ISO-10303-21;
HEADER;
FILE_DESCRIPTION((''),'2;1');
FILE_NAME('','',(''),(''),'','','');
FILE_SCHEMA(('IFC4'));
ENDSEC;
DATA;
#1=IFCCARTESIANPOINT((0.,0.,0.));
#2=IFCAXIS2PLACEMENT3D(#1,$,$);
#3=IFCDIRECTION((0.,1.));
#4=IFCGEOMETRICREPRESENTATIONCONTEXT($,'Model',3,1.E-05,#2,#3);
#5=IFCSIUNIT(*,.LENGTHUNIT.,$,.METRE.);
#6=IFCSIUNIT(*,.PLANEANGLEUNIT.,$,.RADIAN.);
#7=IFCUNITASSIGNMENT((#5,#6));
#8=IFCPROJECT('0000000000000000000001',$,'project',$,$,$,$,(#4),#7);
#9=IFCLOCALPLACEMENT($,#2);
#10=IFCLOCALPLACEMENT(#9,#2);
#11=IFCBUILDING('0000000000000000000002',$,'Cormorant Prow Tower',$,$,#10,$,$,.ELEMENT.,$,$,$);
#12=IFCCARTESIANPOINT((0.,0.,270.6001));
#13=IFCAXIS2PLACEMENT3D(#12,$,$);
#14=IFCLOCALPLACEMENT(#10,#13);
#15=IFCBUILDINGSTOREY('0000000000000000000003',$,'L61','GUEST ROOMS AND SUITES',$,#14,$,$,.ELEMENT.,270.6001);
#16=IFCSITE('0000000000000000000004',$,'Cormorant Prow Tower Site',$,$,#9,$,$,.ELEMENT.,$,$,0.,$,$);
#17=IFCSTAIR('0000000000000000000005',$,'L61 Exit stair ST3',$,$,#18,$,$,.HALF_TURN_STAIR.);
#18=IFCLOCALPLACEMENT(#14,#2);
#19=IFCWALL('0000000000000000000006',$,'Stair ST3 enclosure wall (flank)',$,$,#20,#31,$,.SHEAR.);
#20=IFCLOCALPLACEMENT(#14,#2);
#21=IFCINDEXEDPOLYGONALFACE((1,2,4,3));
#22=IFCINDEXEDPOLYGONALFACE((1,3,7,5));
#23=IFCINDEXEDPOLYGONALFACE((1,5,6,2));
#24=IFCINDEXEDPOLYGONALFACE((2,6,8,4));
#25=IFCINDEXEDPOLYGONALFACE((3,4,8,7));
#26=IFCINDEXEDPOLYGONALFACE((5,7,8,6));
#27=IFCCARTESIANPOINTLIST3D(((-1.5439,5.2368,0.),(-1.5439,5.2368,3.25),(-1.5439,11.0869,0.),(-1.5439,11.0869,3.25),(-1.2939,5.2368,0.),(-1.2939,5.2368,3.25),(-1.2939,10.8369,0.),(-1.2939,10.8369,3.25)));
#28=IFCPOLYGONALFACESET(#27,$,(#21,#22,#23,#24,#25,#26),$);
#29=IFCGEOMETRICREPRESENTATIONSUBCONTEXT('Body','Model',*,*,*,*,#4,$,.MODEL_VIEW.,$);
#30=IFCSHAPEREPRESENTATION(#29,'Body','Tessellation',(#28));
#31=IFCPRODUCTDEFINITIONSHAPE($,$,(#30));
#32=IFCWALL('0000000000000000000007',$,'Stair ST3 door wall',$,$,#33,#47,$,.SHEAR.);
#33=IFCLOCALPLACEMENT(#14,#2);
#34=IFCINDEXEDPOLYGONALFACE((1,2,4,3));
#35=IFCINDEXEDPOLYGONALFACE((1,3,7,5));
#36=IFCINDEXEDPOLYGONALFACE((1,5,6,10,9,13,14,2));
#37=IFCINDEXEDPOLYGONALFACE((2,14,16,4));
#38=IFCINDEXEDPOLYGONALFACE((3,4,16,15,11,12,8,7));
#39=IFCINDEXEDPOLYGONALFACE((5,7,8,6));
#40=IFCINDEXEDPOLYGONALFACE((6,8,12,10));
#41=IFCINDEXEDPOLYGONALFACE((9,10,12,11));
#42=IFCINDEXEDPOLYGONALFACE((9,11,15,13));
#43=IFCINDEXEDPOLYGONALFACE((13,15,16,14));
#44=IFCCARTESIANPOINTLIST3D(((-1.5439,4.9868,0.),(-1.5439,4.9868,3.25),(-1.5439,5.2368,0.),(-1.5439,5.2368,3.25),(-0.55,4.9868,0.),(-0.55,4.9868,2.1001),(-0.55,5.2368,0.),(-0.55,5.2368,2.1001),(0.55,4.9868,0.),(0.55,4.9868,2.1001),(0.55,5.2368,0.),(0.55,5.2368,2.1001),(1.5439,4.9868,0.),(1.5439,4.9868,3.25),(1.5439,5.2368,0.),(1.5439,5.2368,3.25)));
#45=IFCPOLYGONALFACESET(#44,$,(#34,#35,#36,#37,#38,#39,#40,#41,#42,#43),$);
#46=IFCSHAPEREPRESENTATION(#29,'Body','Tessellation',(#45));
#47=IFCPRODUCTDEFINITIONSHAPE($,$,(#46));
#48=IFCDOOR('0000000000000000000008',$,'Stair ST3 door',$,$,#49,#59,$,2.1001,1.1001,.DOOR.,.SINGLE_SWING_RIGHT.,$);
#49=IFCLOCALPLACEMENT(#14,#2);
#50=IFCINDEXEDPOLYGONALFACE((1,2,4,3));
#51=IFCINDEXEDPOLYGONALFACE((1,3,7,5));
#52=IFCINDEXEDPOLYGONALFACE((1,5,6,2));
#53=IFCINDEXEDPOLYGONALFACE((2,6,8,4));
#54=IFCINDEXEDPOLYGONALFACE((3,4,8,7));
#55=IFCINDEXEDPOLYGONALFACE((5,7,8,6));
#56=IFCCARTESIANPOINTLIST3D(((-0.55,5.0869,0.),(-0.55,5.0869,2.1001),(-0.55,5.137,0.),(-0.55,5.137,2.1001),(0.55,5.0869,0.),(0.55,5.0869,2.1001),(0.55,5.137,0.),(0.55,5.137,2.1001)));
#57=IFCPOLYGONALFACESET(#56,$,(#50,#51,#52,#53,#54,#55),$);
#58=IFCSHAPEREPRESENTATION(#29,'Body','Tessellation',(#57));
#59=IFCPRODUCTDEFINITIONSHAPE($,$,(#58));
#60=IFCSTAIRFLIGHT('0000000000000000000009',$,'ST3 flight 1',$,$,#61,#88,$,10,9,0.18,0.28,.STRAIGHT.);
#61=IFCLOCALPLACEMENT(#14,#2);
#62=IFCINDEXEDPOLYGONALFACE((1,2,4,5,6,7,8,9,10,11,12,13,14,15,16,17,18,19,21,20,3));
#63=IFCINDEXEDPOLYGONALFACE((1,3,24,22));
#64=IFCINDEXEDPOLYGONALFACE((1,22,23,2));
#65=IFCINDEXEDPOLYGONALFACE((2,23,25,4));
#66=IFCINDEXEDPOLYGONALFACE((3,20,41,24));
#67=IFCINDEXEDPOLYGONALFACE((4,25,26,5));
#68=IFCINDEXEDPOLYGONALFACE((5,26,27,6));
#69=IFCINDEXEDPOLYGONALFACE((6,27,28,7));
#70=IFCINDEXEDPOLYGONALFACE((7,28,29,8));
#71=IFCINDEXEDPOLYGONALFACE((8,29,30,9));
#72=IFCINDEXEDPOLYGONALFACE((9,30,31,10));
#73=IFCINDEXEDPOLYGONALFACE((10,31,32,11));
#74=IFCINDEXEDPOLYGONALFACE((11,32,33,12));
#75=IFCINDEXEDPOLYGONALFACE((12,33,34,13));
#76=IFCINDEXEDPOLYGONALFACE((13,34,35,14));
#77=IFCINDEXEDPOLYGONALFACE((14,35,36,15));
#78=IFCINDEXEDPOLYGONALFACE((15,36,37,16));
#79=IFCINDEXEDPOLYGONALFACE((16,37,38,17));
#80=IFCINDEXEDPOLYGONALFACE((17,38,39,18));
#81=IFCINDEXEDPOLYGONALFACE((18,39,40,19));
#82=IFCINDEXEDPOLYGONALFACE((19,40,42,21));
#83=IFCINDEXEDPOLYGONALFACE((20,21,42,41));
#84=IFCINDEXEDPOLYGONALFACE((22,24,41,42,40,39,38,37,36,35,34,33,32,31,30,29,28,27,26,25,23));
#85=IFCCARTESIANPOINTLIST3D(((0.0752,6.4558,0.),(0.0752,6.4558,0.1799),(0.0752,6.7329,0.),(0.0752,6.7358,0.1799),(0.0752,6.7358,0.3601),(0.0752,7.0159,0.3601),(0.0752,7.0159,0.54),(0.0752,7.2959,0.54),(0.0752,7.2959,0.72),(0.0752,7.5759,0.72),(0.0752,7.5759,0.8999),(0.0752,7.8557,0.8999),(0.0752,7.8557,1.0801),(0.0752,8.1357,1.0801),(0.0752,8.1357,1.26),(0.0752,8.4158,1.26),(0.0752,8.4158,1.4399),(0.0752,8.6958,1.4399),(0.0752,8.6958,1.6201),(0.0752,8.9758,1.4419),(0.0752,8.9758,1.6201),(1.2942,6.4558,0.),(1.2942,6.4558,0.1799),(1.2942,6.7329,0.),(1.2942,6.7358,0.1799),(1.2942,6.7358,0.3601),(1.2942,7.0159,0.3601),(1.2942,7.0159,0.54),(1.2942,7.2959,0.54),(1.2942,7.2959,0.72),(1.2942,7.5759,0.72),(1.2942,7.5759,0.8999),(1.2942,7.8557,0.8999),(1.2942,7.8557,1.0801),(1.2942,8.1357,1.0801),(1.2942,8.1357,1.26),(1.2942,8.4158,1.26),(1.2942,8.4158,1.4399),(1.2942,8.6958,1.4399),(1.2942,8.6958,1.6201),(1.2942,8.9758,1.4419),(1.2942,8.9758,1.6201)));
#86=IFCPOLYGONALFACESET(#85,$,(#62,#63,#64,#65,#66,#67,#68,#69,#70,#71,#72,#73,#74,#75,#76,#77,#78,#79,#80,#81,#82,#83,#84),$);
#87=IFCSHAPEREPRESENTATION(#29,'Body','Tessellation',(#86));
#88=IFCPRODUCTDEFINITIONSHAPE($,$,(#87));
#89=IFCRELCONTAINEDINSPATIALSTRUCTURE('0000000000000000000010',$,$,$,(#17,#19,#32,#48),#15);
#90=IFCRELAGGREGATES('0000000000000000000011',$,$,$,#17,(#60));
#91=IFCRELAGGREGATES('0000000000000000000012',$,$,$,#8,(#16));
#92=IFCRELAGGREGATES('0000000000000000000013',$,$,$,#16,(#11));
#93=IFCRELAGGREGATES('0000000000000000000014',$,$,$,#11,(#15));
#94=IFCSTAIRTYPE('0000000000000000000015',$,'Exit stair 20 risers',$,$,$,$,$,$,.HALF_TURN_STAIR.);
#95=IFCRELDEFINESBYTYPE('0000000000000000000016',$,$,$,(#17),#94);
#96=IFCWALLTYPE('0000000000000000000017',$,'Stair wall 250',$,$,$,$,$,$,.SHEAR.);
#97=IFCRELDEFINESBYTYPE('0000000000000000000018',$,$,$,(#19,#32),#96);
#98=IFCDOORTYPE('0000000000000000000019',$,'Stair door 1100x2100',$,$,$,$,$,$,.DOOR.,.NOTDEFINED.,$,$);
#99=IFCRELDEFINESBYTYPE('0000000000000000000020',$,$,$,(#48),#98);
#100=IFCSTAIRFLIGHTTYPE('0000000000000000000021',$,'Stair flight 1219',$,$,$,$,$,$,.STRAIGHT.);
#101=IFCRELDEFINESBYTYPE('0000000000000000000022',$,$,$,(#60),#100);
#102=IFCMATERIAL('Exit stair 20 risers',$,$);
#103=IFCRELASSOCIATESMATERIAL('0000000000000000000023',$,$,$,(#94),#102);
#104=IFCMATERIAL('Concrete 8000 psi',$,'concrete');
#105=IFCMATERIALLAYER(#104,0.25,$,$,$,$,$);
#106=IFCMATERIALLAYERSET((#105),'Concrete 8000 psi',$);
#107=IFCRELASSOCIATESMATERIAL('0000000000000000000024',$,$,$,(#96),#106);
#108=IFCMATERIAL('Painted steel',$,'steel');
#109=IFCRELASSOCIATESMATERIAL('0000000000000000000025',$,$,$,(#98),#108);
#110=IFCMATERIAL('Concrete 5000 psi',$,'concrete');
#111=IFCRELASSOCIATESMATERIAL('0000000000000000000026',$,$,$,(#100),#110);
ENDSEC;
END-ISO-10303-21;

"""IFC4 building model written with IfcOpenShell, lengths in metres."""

from ifc_helpers import new_model, si_unit, direction, frame, frame_2d, origin, place, context, subcontext, project, spatial, polyline, rectangle, outline, extrude, material, layer, layer_set, type_object, element, fill, aggregate, save


model = new_model("IFC4")

# Units and contexts
model_context = context("Model", 3, precision=1e-05, world=origin(), true_north=direction((0.0, 1.0)))
body_context = subcontext(model_context, "Body", "Model", "MODEL_VIEW")
ifc_project = project(units=[si_unit("LENGTHUNIT", "METRE"), si_unit("PLANEANGLEUNIT", "RADIAN")], contexts=[model_context])

# Site, building, storey
site_placement = place(None, origin())
site = spatial("IfcSite", under=ifc_project, at=site_placement, Name="Cormorant Prow Tower Site", CompositionType="ELEMENT", RefElevation=0.0)
building_placement = place(site_placement, origin())
building = spatial("IfcBuilding", under=site, at=building_placement, Name="Cormorant Prow Tower", CompositionType="ELEMENT")
storey_placement = place(building_placement, frame((0.0, 0.0, 270.6001)))
storey = spatial("IfcBuildingStorey", under=building, at=storey_placement, Name="L61", Description="GUEST ROOMS AND SUITES", CompositionType="ELEMENT", Elevation=270.6001)

# Stair
ifc_material_1 = material(Name="Exit stair 20 risers")
stair_type = type_object("IfcStairType", Name="Exit stair 20 risers", PredefinedType="HALF_TURN_STAIR", material=ifc_material_1)
stair_1_placement = place(storey_placement, origin())
stair_1 = element("IfcStair", 1, at=stair_1_placement, inside=storey, type_object=stair_type, Name="L61 Exit stair ST3", PredefinedType="HALF_TURN_STAIR")

# Wall
ifc_material_2 = material(Name="Concrete 8000 psi", Category="concrete")
ifc_layer_1 = layer(ifc_material_2, 0.25)
ifc_layer_set_1 = layer_set([ifc_layer_1], Name="Concrete 8000 psi")
wall_type_1 = type_object("IfcWallType", Name="Stair wall 250", PredefinedType="SHEAR", material=ifc_layer_set_1)
wall_1_placement = place(storey_placement, origin())
element("IfcWall", 2, at=wall_1_placement, inside=storey, type_object=wall_type_1, Name="Stair ST3 enclosure wall (flank)", PredefinedType="SHEAR", context=body_context, shape_type="SweptSolid", body=[
    extrude(outline(polyline([(-1.2939, 10.8369), (-1.5439, 11.0869), (-1.5439, 5.2368), (-1.2939, 5.2368), (-1.2939, 10.8369)])), origin(), (0.0, 0.0, 1.0), 3.25),
])

# Wall, opening, door
wall_2_placement = place(storey_placement, frame((1.5439, 5.1118, 0.0), z_axis=(0.0, 0.0, 1.0), x_axis=(-1.0, 0.0, 0.0)))
wall_2 = element("IfcWall", 3, at=wall_2_placement, inside=storey, type_object=wall_type_1, Name="Stair ST3 door wall", PredefinedType="SHEAR", context=body_context, shape_type="SweptSolid", body=[
    extrude(rectangle(XDim=3.0879, YDim=0.25, at=frame_2d((1.5439, 0.0))), origin(), (0.0, 0.0, 1.0), 3.25),
])
opening_placement = place(wall_2_placement, frame((0.9939, 0.0, 0.0)))
opening = element("IfcOpeningElement", 4, at=opening_placement, cuts=wall_2, PredefinedType="OPENING", context=body_context, shape_type="SweptSolid", body=[
    extrude(rectangle(XDim=1.1001, YDim=2.1001, at=frame_2d((0.55, 1.05))), frame((0.0, 0.135, 0.0), z_axis=(0.0, -1.0, 0.0), x_axis=(1.0, 0.0, 0.0)), (0.0, 0.0, 1.0), 0.27),
])
ifc_material_3 = material(Name="Painted steel", Category="steel")
door_type = type_object("IfcDoorType", Name="Stair door 1100x2100", OperationType="NOTDEFINED", PredefinedType="DOOR", material=ifc_material_3)
door_placement = place(opening_placement, origin())
door = element("IfcDoor", 5, at=door_placement, inside=storey, type_object=door_type, Name="Stair ST3 door", OperationType="SINGLE_SWING_RIGHT", OverallHeight=2.1001, OverallWidth=1.1001, PredefinedType="DOOR", context=body_context, shape_type="SweptSolid", body=[
    extrude(rectangle(XDim=1.1001, YDim=2.1001, at=frame_2d((0.55, 1.05))), frame((0.0, 0.0249, 0.0), z_axis=(0.0, -1.0, 0.0), x_axis=(1.0, 0.0, 0.0)), (0.0, 0.0, 1.0), 0.05),
])
fill(opening, door)

# Stair flight
ifc_material_4 = material(Name="Concrete 5000 psi", Category="concrete")
stair_flight_type = type_object("IfcStairFlightType", Name="Stair flight 1219", PredefinedType="STRAIGHT", material=ifc_material_4)
stair_flight_placement = place(storey_placement, frame((0.6846, 6.4558, 0.0), z_axis=(0.0, 0.0, 1.0), x_axis=(0.0, 1.0, 0.0)))
stair_flight = element("IfcStairFlight", 6, at=stair_flight_placement, type_object=stair_flight_type, Name="ST3 flight 1", NumberOfRisers=10, NumberOfTreads=9, PredefinedType="STRAIGHT", RiserHeight=0.18, TreadLength=0.28, context=body_context, shape_type="SweptSolid", body=[
    extrude(outline(polyline([(0.0, 0.0), (0.0, 0.1799), (0.28, 0.1799), (0.28, 0.3601), (0.5601, 0.3601), (0.5601, 0.54), (0.8401, 0.54), (0.8401, 0.72), (1.1201, 0.72), (1.1201, 0.8999), (1.3999, 0.8999), (1.3999, 1.0801), (1.6799, 1.0801), (1.6799, 1.26), (1.96, 1.26), (1.96, 1.4399), (2.24, 1.4399), (2.24, 1.6201), (2.52, 1.6201), (2.52, 1.8), (2.52, 1.4419), (0.2771, 0.0), (0.0, 0.0)])), frame((0.0, 0.6094, 0.0), z_axis=(0.0, -1.0, 0.0), x_axis=(1.0, 0.0, 0.0)), (0.0, 0.0, 1.0), 1.219),
])
aggregate(stair_1, [stair_flight])

save(model, "model.ifc")
